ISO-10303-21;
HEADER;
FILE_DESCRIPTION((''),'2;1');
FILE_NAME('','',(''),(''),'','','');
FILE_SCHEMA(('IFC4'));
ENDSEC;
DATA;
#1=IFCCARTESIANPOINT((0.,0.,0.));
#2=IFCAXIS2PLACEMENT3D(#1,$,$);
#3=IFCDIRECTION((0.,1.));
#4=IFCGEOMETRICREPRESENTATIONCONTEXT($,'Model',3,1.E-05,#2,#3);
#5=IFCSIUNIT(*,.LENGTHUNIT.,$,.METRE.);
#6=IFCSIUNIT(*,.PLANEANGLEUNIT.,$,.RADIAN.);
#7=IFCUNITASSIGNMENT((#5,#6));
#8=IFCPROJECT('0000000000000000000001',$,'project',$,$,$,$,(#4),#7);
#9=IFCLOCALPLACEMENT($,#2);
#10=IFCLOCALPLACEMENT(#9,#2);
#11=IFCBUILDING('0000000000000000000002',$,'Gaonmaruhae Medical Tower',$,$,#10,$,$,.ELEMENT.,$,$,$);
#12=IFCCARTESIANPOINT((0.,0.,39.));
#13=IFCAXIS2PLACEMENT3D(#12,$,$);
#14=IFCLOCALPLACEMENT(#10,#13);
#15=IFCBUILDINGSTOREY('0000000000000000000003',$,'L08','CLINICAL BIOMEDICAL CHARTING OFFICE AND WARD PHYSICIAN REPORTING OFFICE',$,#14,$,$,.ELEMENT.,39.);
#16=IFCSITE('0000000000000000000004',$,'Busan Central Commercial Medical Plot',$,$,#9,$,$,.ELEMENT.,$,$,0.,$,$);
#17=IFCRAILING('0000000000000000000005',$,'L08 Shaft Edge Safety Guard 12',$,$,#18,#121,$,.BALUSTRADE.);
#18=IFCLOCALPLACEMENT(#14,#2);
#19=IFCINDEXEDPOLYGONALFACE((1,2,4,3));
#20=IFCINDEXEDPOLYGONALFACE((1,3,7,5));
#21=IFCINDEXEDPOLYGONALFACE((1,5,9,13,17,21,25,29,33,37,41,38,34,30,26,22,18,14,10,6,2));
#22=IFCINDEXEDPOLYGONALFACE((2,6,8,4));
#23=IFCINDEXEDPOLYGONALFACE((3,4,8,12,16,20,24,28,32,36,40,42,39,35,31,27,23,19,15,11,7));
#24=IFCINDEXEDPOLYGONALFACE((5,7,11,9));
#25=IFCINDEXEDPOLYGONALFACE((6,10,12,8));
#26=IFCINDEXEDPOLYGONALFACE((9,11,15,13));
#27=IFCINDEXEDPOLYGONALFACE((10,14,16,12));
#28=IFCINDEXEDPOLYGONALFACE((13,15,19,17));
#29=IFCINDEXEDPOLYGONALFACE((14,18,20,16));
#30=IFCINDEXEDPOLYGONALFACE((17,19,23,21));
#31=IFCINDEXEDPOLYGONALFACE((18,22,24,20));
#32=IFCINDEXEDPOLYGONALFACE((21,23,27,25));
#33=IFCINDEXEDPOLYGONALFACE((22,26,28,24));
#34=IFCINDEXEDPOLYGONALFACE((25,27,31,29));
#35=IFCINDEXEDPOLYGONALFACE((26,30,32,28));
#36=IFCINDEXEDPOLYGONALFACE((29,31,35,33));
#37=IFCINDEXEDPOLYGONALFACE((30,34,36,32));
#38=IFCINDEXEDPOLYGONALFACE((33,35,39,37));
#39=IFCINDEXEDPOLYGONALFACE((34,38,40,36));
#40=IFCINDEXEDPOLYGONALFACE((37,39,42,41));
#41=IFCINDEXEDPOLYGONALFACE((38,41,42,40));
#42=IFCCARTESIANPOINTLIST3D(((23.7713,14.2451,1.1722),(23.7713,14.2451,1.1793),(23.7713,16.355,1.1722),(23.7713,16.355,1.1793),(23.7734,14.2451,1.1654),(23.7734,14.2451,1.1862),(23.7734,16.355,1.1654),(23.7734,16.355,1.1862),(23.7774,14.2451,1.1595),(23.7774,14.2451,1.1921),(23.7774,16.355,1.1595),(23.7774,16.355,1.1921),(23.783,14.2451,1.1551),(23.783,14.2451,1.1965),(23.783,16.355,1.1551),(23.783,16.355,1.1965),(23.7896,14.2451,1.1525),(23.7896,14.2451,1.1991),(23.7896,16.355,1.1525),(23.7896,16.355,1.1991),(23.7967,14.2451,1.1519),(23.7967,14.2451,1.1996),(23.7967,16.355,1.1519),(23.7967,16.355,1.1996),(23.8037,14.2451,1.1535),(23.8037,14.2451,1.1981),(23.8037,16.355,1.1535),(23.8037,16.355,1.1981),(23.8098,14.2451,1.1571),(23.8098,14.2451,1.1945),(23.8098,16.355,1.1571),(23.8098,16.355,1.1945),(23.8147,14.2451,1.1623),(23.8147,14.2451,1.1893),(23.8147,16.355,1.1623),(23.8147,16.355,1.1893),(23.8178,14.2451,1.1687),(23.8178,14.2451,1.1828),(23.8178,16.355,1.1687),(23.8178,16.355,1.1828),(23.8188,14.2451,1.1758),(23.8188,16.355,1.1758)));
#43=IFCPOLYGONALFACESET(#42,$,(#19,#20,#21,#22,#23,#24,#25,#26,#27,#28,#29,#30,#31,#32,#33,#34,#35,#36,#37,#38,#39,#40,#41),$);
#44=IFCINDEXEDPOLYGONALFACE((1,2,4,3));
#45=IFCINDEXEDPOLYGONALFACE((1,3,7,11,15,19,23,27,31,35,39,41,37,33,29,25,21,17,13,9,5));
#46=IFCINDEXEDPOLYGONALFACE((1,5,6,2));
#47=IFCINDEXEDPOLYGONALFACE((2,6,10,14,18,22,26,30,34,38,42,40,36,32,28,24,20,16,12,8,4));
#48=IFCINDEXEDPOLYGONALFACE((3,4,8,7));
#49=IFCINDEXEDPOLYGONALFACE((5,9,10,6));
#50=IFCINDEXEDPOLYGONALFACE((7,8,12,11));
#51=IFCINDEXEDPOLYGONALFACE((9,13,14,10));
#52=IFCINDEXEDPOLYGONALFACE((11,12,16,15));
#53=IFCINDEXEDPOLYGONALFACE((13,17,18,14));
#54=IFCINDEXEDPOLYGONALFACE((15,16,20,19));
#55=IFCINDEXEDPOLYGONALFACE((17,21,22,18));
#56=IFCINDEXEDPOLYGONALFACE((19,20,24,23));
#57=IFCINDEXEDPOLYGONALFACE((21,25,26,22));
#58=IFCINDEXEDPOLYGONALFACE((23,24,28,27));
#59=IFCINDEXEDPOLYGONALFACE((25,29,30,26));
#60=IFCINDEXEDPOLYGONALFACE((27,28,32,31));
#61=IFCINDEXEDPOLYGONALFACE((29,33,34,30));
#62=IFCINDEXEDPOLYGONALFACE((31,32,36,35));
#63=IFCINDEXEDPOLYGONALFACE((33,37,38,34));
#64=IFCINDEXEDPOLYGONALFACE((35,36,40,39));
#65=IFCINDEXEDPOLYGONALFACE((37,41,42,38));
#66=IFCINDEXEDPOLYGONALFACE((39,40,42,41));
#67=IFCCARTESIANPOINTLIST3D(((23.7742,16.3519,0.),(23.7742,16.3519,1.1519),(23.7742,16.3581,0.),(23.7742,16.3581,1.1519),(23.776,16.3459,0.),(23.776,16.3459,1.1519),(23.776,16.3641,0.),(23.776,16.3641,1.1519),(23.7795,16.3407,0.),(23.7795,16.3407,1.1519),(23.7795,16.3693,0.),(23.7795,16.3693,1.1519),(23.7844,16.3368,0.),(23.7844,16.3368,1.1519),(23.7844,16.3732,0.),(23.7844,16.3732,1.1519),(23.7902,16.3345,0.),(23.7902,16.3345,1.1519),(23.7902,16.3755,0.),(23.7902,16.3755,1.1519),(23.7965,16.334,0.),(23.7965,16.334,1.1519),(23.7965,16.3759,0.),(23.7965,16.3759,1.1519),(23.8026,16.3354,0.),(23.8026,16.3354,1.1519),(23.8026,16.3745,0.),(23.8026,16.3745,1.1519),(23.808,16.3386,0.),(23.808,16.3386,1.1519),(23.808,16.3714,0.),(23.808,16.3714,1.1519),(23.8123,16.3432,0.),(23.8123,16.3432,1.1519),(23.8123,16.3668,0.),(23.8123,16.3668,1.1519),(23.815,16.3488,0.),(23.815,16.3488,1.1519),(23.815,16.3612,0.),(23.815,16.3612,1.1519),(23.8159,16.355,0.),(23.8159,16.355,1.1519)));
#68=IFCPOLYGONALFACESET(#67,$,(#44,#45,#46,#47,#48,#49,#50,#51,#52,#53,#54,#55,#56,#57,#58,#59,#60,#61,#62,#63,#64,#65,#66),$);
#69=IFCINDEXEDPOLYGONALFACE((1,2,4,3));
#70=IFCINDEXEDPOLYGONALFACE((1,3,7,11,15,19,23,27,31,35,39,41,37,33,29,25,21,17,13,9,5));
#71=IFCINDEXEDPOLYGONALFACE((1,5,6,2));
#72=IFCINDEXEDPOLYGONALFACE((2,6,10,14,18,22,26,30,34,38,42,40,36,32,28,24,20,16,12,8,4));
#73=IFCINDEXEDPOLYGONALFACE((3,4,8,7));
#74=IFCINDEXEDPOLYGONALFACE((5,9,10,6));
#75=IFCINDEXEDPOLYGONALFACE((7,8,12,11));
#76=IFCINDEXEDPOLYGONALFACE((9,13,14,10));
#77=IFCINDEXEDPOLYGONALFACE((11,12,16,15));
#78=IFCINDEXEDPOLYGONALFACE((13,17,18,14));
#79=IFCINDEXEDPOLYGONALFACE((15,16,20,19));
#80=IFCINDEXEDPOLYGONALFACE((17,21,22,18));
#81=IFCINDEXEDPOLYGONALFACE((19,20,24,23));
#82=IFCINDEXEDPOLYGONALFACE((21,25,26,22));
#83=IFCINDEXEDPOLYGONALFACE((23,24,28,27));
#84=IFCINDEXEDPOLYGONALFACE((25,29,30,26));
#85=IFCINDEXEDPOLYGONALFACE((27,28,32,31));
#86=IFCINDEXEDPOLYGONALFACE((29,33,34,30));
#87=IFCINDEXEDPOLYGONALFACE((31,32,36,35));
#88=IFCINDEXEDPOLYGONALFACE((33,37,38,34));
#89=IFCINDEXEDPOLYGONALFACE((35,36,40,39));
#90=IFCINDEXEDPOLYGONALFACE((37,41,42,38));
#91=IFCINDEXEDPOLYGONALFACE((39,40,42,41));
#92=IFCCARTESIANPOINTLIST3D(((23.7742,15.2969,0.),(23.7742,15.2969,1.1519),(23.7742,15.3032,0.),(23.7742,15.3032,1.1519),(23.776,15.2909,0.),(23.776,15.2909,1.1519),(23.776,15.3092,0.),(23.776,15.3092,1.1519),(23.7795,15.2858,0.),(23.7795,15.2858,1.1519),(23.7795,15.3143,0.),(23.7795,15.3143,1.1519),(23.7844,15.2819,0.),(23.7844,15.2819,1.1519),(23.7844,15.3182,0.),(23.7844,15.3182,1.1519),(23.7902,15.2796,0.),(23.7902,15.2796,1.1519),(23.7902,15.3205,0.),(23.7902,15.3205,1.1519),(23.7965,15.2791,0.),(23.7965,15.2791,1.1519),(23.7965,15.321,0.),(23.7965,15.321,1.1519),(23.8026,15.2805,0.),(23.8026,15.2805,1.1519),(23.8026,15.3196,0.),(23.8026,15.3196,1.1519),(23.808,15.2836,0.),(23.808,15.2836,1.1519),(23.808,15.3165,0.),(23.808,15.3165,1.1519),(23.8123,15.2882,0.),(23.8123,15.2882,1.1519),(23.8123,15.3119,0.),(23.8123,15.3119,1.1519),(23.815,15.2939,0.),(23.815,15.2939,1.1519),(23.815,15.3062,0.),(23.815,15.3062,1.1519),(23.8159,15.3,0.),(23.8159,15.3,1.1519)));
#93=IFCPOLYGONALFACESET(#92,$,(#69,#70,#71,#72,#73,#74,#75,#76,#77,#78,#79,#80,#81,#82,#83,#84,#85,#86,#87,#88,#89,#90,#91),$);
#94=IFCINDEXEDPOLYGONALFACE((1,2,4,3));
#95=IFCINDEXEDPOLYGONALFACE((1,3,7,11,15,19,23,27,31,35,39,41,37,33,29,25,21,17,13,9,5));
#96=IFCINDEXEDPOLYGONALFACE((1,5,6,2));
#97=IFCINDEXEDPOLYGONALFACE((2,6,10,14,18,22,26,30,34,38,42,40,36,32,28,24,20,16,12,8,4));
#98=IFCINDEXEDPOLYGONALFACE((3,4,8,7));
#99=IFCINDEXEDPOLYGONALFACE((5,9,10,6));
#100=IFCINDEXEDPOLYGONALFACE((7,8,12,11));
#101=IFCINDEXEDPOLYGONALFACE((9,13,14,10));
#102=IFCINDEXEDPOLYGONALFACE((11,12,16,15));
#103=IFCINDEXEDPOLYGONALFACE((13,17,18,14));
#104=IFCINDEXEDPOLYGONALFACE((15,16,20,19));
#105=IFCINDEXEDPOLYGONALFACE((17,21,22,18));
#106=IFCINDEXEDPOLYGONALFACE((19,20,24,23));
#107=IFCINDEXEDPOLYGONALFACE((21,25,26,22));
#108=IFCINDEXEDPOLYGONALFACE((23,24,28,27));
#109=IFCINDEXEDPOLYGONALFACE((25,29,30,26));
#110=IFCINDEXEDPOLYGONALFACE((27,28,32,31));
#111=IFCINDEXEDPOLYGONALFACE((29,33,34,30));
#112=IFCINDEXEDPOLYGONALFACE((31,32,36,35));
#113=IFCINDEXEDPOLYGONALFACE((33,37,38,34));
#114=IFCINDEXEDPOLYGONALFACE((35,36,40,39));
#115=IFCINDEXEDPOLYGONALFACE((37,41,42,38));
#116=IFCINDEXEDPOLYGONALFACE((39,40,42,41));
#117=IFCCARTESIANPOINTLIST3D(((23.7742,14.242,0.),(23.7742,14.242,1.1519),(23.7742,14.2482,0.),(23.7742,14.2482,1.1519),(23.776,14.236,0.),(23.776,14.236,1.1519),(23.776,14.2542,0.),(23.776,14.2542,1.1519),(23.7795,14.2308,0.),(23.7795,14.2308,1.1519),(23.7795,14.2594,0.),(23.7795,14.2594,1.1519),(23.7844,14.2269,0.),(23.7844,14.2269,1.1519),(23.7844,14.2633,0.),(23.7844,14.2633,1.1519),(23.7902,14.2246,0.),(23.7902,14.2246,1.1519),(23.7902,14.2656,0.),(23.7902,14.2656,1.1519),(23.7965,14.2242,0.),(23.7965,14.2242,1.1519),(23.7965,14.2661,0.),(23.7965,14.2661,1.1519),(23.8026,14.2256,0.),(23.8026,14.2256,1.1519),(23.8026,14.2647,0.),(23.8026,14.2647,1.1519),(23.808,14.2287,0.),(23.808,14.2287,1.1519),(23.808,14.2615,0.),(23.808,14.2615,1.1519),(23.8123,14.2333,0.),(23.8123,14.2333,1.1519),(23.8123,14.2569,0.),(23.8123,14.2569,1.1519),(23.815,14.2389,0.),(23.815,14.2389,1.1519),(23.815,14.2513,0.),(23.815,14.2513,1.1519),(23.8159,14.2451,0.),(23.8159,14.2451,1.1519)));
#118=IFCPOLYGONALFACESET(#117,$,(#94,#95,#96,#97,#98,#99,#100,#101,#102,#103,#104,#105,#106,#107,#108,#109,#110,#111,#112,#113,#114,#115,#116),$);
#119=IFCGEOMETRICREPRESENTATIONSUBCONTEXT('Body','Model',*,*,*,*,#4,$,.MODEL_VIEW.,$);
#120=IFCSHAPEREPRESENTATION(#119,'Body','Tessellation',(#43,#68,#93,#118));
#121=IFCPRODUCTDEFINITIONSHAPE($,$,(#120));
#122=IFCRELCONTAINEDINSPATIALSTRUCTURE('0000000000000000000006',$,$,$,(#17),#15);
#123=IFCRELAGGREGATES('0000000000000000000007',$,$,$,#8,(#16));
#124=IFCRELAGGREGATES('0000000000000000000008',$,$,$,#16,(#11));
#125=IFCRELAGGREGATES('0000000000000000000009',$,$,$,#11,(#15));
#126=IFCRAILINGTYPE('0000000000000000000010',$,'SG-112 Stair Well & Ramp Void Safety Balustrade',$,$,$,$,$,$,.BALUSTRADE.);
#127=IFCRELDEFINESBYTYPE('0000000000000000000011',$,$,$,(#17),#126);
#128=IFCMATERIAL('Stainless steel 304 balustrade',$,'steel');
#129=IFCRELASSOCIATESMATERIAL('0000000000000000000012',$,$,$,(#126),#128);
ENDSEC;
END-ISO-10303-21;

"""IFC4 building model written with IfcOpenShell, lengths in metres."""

from ifc_helpers import new_model, si_unit, direction, frame, origin, origin_2d, place, context, subcontext, project, spatial, circle, extrude, material, type_object, element, save


model = new_model("IFC4")

# Units and contexts
model_context = context("Model", 3, precision=1e-05, world=origin(), true_north=direction((0.0, 1.0)))
body_context = subcontext(model_context, "Body", "Model", "MODEL_VIEW")
ifc_project = project(units=[si_unit("LENGTHUNIT", "METRE"), si_unit("PLANEANGLEUNIT", "RADIAN")], contexts=[model_context])

# Site, building, storey
site_placement = place(None, origin())
site = spatial("IfcSite", under=ifc_project, at=site_placement, Name="Busan Central Commercial Medical Plot", CompositionType="ELEMENT", RefElevation=0.0)
building_placement = place(site_placement, origin())
building = spatial("IfcBuilding", under=site, at=building_placement, Name="Gaonmaruhae Medical Tower", CompositionType="ELEMENT")
storey_placement = place(building_placement, frame((0.0, 0.0, 39.0)))
storey = spatial("IfcBuildingStorey", under=building, at=storey_placement, Name="L08", Description="CLINICAL BIOMEDICAL CHARTING OFFICE AND WARD PHYSICIAN REPORTING OFFICE", CompositionType="ELEMENT", Elevation=39.0)

# Railing
ifc_material_1 = material(Name="Stainless steel 304 balustrade", Category="steel")
railing_type_1 = type_object("IfcRailingType", Name="SG-112 Stair Well & Ramp Void Safety Balustrade", PredefinedType="BALUSTRADE", material=ifc_material_1)
railing_1_placement = place(storey_placement, frame((23.7949, 16.355, 0.0)))
element("IfcRailing", 1, at=railing_1_placement, inside=storey, type_object=railing_type_1, Name="L08 Shaft Edge Safety Guard 12", PredefinedType="BALUSTRADE", context=body_context, shape_type="SweptSolid", body=[
    extrude(circle(Radius=0.0239, at=origin_2d()), frame((0.0, 0.0, 1.1758), z_axis=(0.0, -1.0, 0.0), x_axis=(1.0, 0.0, 0.0)), (0.0, 0.0, 1.0), 2.1099),
    extrude(circle(Radius=0.021, at=origin_2d()), origin(), (0.0, 0.0, 1.0), 1.1519),
    extrude(circle(Radius=0.021, at=origin_2d()), frame((0.0, -1.0549, 0.0)), (0.0, 0.0, 1.0), 1.1519),
    extrude(circle(Radius=0.021, at=origin_2d()), frame((0.0, -2.1099, 0.0)), (0.0, 0.0, 1.0), 1.1519),
])

save(model, "model.ifc")
